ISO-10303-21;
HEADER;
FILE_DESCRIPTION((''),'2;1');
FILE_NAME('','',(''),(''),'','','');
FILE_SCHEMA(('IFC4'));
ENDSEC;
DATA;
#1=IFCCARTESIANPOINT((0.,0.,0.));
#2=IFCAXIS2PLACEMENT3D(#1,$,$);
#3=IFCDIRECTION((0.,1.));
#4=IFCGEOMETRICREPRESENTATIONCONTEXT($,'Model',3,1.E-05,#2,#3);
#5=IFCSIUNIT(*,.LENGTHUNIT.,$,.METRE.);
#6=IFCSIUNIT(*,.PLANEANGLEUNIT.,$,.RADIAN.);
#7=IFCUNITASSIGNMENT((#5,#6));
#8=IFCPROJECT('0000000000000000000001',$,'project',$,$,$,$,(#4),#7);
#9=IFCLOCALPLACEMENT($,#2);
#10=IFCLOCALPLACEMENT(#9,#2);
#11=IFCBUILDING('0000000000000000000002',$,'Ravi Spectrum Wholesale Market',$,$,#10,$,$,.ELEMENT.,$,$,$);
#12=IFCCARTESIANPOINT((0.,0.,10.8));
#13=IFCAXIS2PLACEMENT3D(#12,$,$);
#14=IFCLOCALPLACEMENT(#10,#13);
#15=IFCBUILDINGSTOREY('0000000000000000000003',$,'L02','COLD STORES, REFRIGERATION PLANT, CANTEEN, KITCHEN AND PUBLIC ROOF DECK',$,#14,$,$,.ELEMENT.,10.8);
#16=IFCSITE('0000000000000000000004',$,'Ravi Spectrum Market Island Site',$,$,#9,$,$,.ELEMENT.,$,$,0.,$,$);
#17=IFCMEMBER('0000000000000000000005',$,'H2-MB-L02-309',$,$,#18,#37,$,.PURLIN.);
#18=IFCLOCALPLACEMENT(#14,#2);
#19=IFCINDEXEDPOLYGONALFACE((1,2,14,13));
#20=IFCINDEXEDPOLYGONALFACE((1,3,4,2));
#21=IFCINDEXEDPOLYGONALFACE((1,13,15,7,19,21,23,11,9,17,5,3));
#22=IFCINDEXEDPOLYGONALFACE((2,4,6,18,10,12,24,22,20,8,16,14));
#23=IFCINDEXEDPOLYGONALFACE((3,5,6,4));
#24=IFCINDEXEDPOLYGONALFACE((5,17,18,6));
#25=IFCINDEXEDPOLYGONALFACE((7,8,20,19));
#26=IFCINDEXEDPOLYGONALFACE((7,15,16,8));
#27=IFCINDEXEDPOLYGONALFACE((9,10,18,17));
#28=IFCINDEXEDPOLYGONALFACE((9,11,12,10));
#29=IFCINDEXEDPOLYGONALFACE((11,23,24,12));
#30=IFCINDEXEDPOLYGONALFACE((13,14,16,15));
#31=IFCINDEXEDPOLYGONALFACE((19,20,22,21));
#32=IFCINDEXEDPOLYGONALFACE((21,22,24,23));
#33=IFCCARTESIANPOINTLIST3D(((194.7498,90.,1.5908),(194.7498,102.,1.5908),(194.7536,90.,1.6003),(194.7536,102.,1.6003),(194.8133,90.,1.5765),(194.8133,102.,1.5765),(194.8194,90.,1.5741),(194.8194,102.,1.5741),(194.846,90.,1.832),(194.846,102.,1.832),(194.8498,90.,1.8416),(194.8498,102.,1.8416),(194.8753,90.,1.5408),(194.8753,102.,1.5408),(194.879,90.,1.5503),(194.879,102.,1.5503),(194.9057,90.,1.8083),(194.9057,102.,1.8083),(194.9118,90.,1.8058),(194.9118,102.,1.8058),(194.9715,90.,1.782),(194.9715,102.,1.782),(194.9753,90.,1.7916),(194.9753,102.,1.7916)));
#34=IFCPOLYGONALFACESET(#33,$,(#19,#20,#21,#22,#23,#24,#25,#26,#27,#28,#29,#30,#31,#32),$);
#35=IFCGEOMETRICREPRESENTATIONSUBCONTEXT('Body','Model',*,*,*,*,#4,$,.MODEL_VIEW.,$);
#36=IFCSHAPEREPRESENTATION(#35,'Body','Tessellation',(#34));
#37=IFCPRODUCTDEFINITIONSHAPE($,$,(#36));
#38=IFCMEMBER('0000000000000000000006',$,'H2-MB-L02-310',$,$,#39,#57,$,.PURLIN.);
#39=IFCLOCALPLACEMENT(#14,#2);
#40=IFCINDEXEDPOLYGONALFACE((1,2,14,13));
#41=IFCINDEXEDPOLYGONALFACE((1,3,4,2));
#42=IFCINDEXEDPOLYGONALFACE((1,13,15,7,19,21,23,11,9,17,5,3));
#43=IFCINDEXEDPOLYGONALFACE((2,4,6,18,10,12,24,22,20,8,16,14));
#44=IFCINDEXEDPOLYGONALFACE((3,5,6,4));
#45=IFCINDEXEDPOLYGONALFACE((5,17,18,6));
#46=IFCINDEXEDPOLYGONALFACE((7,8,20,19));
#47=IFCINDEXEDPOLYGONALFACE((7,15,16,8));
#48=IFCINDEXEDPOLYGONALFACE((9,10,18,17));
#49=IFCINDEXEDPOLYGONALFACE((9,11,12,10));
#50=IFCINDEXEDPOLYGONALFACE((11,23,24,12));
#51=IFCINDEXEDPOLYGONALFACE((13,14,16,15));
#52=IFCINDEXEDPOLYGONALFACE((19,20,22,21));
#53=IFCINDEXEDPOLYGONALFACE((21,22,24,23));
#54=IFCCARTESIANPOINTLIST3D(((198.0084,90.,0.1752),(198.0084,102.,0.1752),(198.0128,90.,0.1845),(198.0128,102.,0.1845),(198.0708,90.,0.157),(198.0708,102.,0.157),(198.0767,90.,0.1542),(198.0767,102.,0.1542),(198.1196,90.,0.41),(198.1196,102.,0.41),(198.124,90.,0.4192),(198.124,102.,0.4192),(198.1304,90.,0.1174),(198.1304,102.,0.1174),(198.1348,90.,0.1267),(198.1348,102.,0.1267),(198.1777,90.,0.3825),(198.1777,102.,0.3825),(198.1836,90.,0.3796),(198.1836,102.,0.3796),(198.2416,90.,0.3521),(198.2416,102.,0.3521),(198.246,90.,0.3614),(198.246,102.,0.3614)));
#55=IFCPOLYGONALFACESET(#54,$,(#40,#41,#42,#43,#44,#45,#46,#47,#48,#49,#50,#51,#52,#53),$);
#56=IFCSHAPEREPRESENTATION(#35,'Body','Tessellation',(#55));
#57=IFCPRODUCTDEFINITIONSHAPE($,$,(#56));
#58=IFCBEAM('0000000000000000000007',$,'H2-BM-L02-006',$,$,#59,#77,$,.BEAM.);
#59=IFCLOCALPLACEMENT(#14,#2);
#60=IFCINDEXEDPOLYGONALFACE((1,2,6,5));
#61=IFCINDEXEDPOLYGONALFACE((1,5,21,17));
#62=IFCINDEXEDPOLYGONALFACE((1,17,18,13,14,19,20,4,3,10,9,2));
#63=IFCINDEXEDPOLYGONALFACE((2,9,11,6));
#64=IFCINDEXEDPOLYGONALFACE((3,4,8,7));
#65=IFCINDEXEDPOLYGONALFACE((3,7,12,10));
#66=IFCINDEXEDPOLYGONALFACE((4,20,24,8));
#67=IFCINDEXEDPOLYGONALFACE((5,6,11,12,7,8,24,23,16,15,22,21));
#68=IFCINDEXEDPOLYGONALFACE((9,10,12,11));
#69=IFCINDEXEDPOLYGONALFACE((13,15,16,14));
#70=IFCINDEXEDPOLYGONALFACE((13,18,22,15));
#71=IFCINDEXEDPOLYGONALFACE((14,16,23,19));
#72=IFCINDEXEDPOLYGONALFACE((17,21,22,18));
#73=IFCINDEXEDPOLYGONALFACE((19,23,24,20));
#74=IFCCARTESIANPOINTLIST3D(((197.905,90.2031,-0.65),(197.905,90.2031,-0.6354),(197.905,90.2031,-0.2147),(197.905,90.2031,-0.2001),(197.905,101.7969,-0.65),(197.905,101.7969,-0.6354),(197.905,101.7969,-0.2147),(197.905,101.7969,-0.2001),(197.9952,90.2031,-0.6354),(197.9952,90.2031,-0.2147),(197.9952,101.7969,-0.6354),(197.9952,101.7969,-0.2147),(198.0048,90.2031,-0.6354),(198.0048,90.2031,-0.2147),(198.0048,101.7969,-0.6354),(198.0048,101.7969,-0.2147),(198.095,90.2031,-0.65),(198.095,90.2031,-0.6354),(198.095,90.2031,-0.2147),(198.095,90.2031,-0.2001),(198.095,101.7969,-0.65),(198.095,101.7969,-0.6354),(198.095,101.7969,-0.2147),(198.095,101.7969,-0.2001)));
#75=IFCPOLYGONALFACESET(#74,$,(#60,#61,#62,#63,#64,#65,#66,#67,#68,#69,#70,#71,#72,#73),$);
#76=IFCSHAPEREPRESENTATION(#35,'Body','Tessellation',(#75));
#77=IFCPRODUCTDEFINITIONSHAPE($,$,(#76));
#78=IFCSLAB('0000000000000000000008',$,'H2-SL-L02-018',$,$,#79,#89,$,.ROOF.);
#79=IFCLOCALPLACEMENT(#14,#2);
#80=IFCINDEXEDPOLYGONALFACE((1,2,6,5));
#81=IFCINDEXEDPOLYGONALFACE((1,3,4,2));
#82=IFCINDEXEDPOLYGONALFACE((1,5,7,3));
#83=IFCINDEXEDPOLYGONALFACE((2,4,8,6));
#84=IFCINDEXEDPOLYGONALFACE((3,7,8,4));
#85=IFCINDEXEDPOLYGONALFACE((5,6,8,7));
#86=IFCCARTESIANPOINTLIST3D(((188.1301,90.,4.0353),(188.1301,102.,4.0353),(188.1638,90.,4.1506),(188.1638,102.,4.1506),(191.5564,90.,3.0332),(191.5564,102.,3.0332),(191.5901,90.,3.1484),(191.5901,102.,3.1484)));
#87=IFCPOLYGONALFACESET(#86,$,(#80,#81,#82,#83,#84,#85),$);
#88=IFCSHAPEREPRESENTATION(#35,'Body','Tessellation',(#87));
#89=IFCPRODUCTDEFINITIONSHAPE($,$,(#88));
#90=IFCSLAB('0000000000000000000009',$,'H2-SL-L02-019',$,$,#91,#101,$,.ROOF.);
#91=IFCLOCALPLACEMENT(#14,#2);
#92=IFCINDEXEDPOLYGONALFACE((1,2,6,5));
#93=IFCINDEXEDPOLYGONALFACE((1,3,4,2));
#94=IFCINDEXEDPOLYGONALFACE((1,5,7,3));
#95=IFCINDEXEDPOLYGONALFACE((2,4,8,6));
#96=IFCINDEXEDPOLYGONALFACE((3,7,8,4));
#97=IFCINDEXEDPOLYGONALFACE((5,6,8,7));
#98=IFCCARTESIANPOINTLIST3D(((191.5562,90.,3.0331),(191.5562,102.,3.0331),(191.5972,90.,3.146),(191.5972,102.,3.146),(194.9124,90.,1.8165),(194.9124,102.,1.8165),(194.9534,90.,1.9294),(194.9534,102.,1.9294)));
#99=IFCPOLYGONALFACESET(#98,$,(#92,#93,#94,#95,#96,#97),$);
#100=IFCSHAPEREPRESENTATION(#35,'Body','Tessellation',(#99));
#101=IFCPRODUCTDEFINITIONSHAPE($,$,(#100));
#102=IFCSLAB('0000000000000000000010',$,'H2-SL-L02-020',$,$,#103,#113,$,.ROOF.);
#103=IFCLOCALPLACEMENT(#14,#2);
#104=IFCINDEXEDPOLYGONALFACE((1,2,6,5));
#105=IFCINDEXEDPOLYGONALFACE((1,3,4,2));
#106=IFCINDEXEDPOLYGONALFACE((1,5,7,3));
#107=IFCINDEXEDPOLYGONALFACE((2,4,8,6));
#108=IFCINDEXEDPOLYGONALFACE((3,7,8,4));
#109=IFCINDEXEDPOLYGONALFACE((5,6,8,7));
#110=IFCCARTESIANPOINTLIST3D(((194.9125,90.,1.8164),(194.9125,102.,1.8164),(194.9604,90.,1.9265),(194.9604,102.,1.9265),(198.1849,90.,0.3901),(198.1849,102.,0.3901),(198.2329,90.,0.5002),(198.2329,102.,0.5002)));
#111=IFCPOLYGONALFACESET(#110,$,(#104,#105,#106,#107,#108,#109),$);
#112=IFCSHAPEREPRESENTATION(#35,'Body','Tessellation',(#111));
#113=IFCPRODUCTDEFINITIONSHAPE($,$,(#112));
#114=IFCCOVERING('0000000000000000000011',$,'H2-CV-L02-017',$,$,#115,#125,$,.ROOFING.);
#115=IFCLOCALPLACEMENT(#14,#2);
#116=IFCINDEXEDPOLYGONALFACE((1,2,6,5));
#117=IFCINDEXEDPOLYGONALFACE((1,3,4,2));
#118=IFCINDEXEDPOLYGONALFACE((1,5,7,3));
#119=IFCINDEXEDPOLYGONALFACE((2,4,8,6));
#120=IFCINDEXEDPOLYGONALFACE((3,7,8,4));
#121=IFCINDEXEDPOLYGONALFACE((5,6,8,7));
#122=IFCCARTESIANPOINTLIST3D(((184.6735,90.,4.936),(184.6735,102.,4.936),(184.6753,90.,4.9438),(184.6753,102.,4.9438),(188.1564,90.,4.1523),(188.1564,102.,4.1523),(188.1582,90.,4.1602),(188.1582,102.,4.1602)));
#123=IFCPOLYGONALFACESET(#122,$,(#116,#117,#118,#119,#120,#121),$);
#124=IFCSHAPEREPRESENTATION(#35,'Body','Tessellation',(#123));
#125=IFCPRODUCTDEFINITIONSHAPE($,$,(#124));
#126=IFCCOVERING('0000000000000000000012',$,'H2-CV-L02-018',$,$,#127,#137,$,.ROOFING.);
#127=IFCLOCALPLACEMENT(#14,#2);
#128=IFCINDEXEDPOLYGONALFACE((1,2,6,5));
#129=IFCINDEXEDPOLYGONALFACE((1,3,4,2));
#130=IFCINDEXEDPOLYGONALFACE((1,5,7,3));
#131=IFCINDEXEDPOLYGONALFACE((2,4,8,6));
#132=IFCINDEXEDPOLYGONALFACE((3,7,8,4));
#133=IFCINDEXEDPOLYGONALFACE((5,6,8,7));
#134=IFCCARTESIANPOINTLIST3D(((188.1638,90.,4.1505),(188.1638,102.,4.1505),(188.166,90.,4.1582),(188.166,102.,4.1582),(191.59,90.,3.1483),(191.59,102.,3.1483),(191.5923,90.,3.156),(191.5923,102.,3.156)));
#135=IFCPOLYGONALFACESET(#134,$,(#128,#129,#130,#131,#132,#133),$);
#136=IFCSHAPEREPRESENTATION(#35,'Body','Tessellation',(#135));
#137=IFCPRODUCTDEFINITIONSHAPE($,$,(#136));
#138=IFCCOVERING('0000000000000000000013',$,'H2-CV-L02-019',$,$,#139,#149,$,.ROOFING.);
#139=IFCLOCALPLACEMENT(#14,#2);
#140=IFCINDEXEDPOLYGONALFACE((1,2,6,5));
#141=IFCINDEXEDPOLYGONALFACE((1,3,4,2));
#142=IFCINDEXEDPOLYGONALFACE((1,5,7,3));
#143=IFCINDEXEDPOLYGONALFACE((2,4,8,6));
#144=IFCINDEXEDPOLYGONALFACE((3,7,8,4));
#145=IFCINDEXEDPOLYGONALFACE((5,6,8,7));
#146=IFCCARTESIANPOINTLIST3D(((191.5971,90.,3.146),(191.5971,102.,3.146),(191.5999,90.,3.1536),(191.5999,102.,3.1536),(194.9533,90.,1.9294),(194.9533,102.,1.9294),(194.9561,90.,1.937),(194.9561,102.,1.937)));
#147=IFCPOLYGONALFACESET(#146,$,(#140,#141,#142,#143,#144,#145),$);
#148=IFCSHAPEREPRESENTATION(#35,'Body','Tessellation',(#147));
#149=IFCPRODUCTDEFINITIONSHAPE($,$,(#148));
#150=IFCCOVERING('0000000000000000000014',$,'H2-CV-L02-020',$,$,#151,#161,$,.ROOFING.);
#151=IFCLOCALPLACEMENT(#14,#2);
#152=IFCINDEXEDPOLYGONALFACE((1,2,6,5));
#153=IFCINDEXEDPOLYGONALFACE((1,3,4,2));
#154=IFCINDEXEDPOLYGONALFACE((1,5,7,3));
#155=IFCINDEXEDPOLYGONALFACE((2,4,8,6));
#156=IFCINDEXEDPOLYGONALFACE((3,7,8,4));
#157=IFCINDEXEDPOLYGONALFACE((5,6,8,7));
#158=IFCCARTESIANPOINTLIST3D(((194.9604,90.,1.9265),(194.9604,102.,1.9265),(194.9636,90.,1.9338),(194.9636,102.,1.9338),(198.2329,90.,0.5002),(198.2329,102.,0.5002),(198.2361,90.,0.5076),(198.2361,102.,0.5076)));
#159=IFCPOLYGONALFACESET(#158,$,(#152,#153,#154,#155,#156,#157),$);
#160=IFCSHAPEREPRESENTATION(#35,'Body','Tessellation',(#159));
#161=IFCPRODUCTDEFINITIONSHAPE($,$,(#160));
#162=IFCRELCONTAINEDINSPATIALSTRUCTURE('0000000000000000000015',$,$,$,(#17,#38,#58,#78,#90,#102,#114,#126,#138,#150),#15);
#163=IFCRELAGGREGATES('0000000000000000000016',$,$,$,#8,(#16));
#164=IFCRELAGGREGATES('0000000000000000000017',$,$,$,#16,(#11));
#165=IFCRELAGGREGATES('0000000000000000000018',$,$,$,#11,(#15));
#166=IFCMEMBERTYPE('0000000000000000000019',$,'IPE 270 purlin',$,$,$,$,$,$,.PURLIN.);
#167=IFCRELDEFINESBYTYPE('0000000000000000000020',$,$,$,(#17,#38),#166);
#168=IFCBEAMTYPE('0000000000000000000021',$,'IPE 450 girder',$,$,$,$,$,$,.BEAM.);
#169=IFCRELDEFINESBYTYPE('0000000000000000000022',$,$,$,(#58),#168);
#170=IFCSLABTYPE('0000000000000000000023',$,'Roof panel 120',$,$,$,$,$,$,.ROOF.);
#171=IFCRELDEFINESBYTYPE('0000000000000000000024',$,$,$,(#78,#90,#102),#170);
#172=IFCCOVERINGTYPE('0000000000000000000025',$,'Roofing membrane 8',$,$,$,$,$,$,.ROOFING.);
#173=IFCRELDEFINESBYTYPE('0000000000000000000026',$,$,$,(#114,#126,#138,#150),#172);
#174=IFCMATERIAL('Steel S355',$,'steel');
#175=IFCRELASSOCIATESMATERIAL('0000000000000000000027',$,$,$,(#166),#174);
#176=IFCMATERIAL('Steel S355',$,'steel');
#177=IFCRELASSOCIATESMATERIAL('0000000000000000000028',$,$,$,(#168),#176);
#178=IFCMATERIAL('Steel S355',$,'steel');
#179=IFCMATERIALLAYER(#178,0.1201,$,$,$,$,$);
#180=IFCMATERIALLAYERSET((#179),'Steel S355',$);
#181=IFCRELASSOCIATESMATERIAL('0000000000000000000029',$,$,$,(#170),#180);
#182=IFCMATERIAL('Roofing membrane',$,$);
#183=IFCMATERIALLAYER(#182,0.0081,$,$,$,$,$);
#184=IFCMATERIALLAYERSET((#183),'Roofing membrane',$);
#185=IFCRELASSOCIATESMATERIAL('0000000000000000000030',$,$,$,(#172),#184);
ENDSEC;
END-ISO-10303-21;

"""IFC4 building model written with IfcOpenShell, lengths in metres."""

from ifc_helpers import new_model, si_unit, direction, frame, origin, origin_2d, place, context, subcontext, project, spatial, polyline, i_section, outline, extrude, material, layer, layer_set, material_profile, profile_set, type_object, element, save


model = new_model("IFC4")

# Units and contexts
model_context = context("Model", 3, precision=1e-05, world=origin(), true_north=direction((0.0, 1.0)))
body_context = subcontext(model_context, "Body", "Model", "MODEL_VIEW")
ifc_project = project(units=[si_unit("LENGTHUNIT", "METRE"), si_unit("PLANEANGLEUNIT", "RADIAN")], contexts=[model_context])

# Site, building, storey
site_placement = place(None, origin())
site = spatial("IfcSite", under=ifc_project, at=site_placement, Name="Ravi Spectrum Market Island Site", CompositionType="ELEMENT", RefElevation=0.0)
building_placement = place(site_placement, origin())
building = spatial("IfcBuilding", under=site, at=building_placement, Name="Ravi Spectrum Wholesale Market", CompositionType="ELEMENT")
storey_placement = place(building_placement, frame((0.0, 0.0, 10.8)))
storey = spatial("IfcBuildingStorey", under=building, at=storey_placement, Name="L02", Description="COLD STORES, REFRIGERATION PLANT, CANTEEN, KITCHEN AND PUBLIC ROOF DECK", CompositionType="ELEMENT", Elevation=10.8)

# Members
ifc_material_1 = material(Name="Steel S355", Category="steel")
ifc_material_profile_1 = material_profile(ifc_material_1, i_section(OverallWidth=0.135, OverallDepth=0.27, WebThickness=0.0066, FlangeThickness=0.0103, at=origin_2d()))
ifc_profile_set_1 = profile_set([ifc_material_profile_1], Name="Steel S355")
member_type_1 = type_object("IfcMemberType", Name="IPE 270 purlin", PredefinedType="PURLIN", material=ifc_profile_set_1)
for number, where, z_axis, x_axis, name in (
    (1, (194.8625, 90.0, 1.6912), (0.0, 1.0, 0.0), (-0.928888, 0.0, 0.37036), "H2-MB-L02-309"),
    (2, (198.1272, 90.0, 0.2683), (0.0, 1.0, 0.0), (-0.903629, 0.0, 0.428316), "H2-MB-L02-310"),
):
    element("IfcMember", number, at=place(storey_placement, frame(where, z_axis=z_axis, x_axis=x_axis)), inside=storey, type_object=member_type_1, Name=name, PredefinedType="PURLIN", context=body_context, shape_type="SweptSolid", body=[
        extrude(i_section(OverallWidth=0.135, OverallDepth=0.27, WebThickness=0.0066, FlangeThickness=0.0103, at=origin_2d()), origin(), (0.0, 0.0, 1.0), 12.0),
    ])

# Beam
ifc_material_2 = material(Name="Steel S355", Category="steel")
ifc_material_profile_2 = material_profile(ifc_material_2, i_section(OverallWidth=0.1899, OverallDepth=0.45, WebThickness=0.0095, FlangeThickness=0.0146, at=origin_2d()))
ifc_profile_set_2 = profile_set([ifc_material_profile_2], Name="Steel S355")
beam_type = type_object("IfcBeamType", Name="IPE 450 girder", PredefinedType="BEAM", material=ifc_profile_set_2)
beam_placement = place(storey_placement, frame((198.0, 90.2031, -0.425), z_axis=(0.0, 1.0, 0.0), x_axis=(-1.0, 0.0, 0.0)))
element("IfcBeam", 3, at=beam_placement, inside=storey, type_object=beam_type, Name="H2-BM-L02-006", PredefinedType="BEAM", context=body_context, shape_type="SweptSolid", body=[
    extrude(i_section(OverallWidth=0.1899, OverallDepth=0.45, WebThickness=0.0095, FlangeThickness=0.0146, at=origin_2d()), origin(), (0.0, 0.0, 1.0), 11.5938),
])

# Slabs
ifc_material_3 = material(Name="Steel S355", Category="steel")
ifc_layer_1 = layer(ifc_material_3, 0.1201)
ifc_layer_set_1 = layer_set([ifc_layer_1], Name="Steel S355")
slab_type = type_object("IfcSlabType", Name="Roof panel 120", PredefinedType="ROOF", material=ifc_layer_set_1)
slab_1_placement = place(storey_placement, frame((188.1638, 90.0, 4.1506), z_axis=(0.28074, 0.0, 0.959784), x_axis=(0.959784, 0.0, -0.28074)))
element("IfcSlab", 4, at=slab_1_placement, inside=storey, type_object=slab_type, Name="H2-SL-L02-018", PredefinedType="ROOF", context=body_context, shape_type="SweptSolid", body=[
    extrude(outline(polyline([(0.0, 0.0), (3.5698, 0.0), (3.5698, 12.0), (0.0, 12.0), (0.0, 0.0)])), origin(), (0.0, 0.0, -1.0), 0.1201),
])
slab_2_placement = place(storey_placement, frame((191.5972, 90.0, 3.146), z_axis=(0.340782, 0.0, 0.940142), x_axis=(0.940142, 0.0, -0.340782)))
element("IfcSlab", 5, at=slab_2_placement, inside=storey, type_object=slab_type, Name="H2-SL-L02-019", PredefinedType="ROOF", context=body_context, shape_type="SweptSolid", body=[
    extrude(outline(polyline([(0.0, 0.0), (3.5699, 0.0), (3.5699, 12.0), (0.0, 12.0), (0.0, 0.0)])), origin(), (0.0, 0.0, -1.0), 0.1201),
])
slab_3_placement = place(storey_placement, frame((194.9604, 90.0, 1.9265), z_axis=(0.399541, 0.0, 0.916715), x_axis=(0.916715, 0.0, -0.399541)))
element("IfcSlab", 6, at=slab_3_placement, inside=storey, type_object=slab_type, Name="H2-SL-L02-020", PredefinedType="ROOF", context=body_context, shape_type="SweptSolid", body=[
    extrude(outline(polyline([(0.0, 0.0), (3.5698, 0.0), (3.5698, 12.0), (0.0, 12.0), (0.0, 0.0)])), origin(), (0.0, 0.0, -1.0), 0.1201),
])

# Coverings
ifc_material_4 = material(Name="Roofing membrane")
ifc_layer_2 = layer(ifc_material_4, 0.0081)
ifc_layer_set_2 = layer_set([ifc_layer_2], Name="Roofing membrane")
covering_type = type_object("IfcCoveringType", Name="Roofing membrane 8", PredefinedType="ROOFING", material=ifc_layer_set_2)
covering_1_placement = place(storey_placement, frame((184.6753, 90.0, 4.9438), z_axis=(0.219522, 0.0, 0.975608), x_axis=(0.975608, 0.0, -0.219522)))
element("IfcCovering", 7, at=covering_1_placement, inside=storey, type_object=covering_type, Name="H2-CV-L02-017", PredefinedType="ROOFING", context=body_context, shape_type="SweptSolid", body=[
    extrude(outline(polyline([(0.0, 0.0), (3.57, 0.0), (3.57, 12.0), (0.0, 12.0), (0.0, 0.0)])), origin(), (0.0, 0.0, -1.0), 0.0081),
])
covering_2_placement = place(storey_placement, frame((188.166, 90.0, 4.1582), z_axis=(0.28074, 0.0, 0.959784), x_axis=(0.959784, 0.0, -0.28074)))
element("IfcCovering", 8, at=covering_2_placement, inside=storey, type_object=covering_type, Name="H2-CV-L02-018", PredefinedType="ROOFING", context=body_context, shape_type="SweptSolid", body=[
    extrude(outline(polyline([(0.0, 0.0), (3.5698, 0.0), (3.5698, 12.0), (0.0, 12.0), (0.0, 0.0)])), origin(), (0.0, 0.0, -1.0), 0.0081),
])
covering_3_placement = place(storey_placement, frame((191.5999, 90.0, 3.1536), z_axis=(0.340782, 0.0, 0.940142), x_axis=(0.940142, 0.0, -0.340782)))
element("IfcCovering", 9, at=covering_3_placement, inside=storey, type_object=covering_type, Name="H2-CV-L02-019", PredefinedType="ROOFING", context=body_context, shape_type="SweptSolid", body=[
    extrude(outline(polyline([(0.0, 0.0), (3.5699, 0.0), (3.5699, 12.0), (0.0, 12.0), (0.0, 0.0)])), origin(), (0.0, 0.0, -1.0), 0.0081),
])
covering_4_placement = place(storey_placement, frame((194.9636, 90.0, 1.9338), z_axis=(0.399541, 0.0, 0.916715), x_axis=(0.916715, 0.0, -0.399541)))
element("IfcCovering", 10, at=covering_4_placement, inside=storey, type_object=covering_type, Name="H2-CV-L02-020", PredefinedType="ROOFING", context=body_context, shape_type="SweptSolid", body=[
    extrude(outline(polyline([(0.0, 0.0), (3.5698, 0.0), (3.5698, 12.0), (0.0, 12.0), (0.0, 0.0)])), origin(), (0.0, 0.0, -1.0), 0.0081),
])

save(model, "model.ifc")
